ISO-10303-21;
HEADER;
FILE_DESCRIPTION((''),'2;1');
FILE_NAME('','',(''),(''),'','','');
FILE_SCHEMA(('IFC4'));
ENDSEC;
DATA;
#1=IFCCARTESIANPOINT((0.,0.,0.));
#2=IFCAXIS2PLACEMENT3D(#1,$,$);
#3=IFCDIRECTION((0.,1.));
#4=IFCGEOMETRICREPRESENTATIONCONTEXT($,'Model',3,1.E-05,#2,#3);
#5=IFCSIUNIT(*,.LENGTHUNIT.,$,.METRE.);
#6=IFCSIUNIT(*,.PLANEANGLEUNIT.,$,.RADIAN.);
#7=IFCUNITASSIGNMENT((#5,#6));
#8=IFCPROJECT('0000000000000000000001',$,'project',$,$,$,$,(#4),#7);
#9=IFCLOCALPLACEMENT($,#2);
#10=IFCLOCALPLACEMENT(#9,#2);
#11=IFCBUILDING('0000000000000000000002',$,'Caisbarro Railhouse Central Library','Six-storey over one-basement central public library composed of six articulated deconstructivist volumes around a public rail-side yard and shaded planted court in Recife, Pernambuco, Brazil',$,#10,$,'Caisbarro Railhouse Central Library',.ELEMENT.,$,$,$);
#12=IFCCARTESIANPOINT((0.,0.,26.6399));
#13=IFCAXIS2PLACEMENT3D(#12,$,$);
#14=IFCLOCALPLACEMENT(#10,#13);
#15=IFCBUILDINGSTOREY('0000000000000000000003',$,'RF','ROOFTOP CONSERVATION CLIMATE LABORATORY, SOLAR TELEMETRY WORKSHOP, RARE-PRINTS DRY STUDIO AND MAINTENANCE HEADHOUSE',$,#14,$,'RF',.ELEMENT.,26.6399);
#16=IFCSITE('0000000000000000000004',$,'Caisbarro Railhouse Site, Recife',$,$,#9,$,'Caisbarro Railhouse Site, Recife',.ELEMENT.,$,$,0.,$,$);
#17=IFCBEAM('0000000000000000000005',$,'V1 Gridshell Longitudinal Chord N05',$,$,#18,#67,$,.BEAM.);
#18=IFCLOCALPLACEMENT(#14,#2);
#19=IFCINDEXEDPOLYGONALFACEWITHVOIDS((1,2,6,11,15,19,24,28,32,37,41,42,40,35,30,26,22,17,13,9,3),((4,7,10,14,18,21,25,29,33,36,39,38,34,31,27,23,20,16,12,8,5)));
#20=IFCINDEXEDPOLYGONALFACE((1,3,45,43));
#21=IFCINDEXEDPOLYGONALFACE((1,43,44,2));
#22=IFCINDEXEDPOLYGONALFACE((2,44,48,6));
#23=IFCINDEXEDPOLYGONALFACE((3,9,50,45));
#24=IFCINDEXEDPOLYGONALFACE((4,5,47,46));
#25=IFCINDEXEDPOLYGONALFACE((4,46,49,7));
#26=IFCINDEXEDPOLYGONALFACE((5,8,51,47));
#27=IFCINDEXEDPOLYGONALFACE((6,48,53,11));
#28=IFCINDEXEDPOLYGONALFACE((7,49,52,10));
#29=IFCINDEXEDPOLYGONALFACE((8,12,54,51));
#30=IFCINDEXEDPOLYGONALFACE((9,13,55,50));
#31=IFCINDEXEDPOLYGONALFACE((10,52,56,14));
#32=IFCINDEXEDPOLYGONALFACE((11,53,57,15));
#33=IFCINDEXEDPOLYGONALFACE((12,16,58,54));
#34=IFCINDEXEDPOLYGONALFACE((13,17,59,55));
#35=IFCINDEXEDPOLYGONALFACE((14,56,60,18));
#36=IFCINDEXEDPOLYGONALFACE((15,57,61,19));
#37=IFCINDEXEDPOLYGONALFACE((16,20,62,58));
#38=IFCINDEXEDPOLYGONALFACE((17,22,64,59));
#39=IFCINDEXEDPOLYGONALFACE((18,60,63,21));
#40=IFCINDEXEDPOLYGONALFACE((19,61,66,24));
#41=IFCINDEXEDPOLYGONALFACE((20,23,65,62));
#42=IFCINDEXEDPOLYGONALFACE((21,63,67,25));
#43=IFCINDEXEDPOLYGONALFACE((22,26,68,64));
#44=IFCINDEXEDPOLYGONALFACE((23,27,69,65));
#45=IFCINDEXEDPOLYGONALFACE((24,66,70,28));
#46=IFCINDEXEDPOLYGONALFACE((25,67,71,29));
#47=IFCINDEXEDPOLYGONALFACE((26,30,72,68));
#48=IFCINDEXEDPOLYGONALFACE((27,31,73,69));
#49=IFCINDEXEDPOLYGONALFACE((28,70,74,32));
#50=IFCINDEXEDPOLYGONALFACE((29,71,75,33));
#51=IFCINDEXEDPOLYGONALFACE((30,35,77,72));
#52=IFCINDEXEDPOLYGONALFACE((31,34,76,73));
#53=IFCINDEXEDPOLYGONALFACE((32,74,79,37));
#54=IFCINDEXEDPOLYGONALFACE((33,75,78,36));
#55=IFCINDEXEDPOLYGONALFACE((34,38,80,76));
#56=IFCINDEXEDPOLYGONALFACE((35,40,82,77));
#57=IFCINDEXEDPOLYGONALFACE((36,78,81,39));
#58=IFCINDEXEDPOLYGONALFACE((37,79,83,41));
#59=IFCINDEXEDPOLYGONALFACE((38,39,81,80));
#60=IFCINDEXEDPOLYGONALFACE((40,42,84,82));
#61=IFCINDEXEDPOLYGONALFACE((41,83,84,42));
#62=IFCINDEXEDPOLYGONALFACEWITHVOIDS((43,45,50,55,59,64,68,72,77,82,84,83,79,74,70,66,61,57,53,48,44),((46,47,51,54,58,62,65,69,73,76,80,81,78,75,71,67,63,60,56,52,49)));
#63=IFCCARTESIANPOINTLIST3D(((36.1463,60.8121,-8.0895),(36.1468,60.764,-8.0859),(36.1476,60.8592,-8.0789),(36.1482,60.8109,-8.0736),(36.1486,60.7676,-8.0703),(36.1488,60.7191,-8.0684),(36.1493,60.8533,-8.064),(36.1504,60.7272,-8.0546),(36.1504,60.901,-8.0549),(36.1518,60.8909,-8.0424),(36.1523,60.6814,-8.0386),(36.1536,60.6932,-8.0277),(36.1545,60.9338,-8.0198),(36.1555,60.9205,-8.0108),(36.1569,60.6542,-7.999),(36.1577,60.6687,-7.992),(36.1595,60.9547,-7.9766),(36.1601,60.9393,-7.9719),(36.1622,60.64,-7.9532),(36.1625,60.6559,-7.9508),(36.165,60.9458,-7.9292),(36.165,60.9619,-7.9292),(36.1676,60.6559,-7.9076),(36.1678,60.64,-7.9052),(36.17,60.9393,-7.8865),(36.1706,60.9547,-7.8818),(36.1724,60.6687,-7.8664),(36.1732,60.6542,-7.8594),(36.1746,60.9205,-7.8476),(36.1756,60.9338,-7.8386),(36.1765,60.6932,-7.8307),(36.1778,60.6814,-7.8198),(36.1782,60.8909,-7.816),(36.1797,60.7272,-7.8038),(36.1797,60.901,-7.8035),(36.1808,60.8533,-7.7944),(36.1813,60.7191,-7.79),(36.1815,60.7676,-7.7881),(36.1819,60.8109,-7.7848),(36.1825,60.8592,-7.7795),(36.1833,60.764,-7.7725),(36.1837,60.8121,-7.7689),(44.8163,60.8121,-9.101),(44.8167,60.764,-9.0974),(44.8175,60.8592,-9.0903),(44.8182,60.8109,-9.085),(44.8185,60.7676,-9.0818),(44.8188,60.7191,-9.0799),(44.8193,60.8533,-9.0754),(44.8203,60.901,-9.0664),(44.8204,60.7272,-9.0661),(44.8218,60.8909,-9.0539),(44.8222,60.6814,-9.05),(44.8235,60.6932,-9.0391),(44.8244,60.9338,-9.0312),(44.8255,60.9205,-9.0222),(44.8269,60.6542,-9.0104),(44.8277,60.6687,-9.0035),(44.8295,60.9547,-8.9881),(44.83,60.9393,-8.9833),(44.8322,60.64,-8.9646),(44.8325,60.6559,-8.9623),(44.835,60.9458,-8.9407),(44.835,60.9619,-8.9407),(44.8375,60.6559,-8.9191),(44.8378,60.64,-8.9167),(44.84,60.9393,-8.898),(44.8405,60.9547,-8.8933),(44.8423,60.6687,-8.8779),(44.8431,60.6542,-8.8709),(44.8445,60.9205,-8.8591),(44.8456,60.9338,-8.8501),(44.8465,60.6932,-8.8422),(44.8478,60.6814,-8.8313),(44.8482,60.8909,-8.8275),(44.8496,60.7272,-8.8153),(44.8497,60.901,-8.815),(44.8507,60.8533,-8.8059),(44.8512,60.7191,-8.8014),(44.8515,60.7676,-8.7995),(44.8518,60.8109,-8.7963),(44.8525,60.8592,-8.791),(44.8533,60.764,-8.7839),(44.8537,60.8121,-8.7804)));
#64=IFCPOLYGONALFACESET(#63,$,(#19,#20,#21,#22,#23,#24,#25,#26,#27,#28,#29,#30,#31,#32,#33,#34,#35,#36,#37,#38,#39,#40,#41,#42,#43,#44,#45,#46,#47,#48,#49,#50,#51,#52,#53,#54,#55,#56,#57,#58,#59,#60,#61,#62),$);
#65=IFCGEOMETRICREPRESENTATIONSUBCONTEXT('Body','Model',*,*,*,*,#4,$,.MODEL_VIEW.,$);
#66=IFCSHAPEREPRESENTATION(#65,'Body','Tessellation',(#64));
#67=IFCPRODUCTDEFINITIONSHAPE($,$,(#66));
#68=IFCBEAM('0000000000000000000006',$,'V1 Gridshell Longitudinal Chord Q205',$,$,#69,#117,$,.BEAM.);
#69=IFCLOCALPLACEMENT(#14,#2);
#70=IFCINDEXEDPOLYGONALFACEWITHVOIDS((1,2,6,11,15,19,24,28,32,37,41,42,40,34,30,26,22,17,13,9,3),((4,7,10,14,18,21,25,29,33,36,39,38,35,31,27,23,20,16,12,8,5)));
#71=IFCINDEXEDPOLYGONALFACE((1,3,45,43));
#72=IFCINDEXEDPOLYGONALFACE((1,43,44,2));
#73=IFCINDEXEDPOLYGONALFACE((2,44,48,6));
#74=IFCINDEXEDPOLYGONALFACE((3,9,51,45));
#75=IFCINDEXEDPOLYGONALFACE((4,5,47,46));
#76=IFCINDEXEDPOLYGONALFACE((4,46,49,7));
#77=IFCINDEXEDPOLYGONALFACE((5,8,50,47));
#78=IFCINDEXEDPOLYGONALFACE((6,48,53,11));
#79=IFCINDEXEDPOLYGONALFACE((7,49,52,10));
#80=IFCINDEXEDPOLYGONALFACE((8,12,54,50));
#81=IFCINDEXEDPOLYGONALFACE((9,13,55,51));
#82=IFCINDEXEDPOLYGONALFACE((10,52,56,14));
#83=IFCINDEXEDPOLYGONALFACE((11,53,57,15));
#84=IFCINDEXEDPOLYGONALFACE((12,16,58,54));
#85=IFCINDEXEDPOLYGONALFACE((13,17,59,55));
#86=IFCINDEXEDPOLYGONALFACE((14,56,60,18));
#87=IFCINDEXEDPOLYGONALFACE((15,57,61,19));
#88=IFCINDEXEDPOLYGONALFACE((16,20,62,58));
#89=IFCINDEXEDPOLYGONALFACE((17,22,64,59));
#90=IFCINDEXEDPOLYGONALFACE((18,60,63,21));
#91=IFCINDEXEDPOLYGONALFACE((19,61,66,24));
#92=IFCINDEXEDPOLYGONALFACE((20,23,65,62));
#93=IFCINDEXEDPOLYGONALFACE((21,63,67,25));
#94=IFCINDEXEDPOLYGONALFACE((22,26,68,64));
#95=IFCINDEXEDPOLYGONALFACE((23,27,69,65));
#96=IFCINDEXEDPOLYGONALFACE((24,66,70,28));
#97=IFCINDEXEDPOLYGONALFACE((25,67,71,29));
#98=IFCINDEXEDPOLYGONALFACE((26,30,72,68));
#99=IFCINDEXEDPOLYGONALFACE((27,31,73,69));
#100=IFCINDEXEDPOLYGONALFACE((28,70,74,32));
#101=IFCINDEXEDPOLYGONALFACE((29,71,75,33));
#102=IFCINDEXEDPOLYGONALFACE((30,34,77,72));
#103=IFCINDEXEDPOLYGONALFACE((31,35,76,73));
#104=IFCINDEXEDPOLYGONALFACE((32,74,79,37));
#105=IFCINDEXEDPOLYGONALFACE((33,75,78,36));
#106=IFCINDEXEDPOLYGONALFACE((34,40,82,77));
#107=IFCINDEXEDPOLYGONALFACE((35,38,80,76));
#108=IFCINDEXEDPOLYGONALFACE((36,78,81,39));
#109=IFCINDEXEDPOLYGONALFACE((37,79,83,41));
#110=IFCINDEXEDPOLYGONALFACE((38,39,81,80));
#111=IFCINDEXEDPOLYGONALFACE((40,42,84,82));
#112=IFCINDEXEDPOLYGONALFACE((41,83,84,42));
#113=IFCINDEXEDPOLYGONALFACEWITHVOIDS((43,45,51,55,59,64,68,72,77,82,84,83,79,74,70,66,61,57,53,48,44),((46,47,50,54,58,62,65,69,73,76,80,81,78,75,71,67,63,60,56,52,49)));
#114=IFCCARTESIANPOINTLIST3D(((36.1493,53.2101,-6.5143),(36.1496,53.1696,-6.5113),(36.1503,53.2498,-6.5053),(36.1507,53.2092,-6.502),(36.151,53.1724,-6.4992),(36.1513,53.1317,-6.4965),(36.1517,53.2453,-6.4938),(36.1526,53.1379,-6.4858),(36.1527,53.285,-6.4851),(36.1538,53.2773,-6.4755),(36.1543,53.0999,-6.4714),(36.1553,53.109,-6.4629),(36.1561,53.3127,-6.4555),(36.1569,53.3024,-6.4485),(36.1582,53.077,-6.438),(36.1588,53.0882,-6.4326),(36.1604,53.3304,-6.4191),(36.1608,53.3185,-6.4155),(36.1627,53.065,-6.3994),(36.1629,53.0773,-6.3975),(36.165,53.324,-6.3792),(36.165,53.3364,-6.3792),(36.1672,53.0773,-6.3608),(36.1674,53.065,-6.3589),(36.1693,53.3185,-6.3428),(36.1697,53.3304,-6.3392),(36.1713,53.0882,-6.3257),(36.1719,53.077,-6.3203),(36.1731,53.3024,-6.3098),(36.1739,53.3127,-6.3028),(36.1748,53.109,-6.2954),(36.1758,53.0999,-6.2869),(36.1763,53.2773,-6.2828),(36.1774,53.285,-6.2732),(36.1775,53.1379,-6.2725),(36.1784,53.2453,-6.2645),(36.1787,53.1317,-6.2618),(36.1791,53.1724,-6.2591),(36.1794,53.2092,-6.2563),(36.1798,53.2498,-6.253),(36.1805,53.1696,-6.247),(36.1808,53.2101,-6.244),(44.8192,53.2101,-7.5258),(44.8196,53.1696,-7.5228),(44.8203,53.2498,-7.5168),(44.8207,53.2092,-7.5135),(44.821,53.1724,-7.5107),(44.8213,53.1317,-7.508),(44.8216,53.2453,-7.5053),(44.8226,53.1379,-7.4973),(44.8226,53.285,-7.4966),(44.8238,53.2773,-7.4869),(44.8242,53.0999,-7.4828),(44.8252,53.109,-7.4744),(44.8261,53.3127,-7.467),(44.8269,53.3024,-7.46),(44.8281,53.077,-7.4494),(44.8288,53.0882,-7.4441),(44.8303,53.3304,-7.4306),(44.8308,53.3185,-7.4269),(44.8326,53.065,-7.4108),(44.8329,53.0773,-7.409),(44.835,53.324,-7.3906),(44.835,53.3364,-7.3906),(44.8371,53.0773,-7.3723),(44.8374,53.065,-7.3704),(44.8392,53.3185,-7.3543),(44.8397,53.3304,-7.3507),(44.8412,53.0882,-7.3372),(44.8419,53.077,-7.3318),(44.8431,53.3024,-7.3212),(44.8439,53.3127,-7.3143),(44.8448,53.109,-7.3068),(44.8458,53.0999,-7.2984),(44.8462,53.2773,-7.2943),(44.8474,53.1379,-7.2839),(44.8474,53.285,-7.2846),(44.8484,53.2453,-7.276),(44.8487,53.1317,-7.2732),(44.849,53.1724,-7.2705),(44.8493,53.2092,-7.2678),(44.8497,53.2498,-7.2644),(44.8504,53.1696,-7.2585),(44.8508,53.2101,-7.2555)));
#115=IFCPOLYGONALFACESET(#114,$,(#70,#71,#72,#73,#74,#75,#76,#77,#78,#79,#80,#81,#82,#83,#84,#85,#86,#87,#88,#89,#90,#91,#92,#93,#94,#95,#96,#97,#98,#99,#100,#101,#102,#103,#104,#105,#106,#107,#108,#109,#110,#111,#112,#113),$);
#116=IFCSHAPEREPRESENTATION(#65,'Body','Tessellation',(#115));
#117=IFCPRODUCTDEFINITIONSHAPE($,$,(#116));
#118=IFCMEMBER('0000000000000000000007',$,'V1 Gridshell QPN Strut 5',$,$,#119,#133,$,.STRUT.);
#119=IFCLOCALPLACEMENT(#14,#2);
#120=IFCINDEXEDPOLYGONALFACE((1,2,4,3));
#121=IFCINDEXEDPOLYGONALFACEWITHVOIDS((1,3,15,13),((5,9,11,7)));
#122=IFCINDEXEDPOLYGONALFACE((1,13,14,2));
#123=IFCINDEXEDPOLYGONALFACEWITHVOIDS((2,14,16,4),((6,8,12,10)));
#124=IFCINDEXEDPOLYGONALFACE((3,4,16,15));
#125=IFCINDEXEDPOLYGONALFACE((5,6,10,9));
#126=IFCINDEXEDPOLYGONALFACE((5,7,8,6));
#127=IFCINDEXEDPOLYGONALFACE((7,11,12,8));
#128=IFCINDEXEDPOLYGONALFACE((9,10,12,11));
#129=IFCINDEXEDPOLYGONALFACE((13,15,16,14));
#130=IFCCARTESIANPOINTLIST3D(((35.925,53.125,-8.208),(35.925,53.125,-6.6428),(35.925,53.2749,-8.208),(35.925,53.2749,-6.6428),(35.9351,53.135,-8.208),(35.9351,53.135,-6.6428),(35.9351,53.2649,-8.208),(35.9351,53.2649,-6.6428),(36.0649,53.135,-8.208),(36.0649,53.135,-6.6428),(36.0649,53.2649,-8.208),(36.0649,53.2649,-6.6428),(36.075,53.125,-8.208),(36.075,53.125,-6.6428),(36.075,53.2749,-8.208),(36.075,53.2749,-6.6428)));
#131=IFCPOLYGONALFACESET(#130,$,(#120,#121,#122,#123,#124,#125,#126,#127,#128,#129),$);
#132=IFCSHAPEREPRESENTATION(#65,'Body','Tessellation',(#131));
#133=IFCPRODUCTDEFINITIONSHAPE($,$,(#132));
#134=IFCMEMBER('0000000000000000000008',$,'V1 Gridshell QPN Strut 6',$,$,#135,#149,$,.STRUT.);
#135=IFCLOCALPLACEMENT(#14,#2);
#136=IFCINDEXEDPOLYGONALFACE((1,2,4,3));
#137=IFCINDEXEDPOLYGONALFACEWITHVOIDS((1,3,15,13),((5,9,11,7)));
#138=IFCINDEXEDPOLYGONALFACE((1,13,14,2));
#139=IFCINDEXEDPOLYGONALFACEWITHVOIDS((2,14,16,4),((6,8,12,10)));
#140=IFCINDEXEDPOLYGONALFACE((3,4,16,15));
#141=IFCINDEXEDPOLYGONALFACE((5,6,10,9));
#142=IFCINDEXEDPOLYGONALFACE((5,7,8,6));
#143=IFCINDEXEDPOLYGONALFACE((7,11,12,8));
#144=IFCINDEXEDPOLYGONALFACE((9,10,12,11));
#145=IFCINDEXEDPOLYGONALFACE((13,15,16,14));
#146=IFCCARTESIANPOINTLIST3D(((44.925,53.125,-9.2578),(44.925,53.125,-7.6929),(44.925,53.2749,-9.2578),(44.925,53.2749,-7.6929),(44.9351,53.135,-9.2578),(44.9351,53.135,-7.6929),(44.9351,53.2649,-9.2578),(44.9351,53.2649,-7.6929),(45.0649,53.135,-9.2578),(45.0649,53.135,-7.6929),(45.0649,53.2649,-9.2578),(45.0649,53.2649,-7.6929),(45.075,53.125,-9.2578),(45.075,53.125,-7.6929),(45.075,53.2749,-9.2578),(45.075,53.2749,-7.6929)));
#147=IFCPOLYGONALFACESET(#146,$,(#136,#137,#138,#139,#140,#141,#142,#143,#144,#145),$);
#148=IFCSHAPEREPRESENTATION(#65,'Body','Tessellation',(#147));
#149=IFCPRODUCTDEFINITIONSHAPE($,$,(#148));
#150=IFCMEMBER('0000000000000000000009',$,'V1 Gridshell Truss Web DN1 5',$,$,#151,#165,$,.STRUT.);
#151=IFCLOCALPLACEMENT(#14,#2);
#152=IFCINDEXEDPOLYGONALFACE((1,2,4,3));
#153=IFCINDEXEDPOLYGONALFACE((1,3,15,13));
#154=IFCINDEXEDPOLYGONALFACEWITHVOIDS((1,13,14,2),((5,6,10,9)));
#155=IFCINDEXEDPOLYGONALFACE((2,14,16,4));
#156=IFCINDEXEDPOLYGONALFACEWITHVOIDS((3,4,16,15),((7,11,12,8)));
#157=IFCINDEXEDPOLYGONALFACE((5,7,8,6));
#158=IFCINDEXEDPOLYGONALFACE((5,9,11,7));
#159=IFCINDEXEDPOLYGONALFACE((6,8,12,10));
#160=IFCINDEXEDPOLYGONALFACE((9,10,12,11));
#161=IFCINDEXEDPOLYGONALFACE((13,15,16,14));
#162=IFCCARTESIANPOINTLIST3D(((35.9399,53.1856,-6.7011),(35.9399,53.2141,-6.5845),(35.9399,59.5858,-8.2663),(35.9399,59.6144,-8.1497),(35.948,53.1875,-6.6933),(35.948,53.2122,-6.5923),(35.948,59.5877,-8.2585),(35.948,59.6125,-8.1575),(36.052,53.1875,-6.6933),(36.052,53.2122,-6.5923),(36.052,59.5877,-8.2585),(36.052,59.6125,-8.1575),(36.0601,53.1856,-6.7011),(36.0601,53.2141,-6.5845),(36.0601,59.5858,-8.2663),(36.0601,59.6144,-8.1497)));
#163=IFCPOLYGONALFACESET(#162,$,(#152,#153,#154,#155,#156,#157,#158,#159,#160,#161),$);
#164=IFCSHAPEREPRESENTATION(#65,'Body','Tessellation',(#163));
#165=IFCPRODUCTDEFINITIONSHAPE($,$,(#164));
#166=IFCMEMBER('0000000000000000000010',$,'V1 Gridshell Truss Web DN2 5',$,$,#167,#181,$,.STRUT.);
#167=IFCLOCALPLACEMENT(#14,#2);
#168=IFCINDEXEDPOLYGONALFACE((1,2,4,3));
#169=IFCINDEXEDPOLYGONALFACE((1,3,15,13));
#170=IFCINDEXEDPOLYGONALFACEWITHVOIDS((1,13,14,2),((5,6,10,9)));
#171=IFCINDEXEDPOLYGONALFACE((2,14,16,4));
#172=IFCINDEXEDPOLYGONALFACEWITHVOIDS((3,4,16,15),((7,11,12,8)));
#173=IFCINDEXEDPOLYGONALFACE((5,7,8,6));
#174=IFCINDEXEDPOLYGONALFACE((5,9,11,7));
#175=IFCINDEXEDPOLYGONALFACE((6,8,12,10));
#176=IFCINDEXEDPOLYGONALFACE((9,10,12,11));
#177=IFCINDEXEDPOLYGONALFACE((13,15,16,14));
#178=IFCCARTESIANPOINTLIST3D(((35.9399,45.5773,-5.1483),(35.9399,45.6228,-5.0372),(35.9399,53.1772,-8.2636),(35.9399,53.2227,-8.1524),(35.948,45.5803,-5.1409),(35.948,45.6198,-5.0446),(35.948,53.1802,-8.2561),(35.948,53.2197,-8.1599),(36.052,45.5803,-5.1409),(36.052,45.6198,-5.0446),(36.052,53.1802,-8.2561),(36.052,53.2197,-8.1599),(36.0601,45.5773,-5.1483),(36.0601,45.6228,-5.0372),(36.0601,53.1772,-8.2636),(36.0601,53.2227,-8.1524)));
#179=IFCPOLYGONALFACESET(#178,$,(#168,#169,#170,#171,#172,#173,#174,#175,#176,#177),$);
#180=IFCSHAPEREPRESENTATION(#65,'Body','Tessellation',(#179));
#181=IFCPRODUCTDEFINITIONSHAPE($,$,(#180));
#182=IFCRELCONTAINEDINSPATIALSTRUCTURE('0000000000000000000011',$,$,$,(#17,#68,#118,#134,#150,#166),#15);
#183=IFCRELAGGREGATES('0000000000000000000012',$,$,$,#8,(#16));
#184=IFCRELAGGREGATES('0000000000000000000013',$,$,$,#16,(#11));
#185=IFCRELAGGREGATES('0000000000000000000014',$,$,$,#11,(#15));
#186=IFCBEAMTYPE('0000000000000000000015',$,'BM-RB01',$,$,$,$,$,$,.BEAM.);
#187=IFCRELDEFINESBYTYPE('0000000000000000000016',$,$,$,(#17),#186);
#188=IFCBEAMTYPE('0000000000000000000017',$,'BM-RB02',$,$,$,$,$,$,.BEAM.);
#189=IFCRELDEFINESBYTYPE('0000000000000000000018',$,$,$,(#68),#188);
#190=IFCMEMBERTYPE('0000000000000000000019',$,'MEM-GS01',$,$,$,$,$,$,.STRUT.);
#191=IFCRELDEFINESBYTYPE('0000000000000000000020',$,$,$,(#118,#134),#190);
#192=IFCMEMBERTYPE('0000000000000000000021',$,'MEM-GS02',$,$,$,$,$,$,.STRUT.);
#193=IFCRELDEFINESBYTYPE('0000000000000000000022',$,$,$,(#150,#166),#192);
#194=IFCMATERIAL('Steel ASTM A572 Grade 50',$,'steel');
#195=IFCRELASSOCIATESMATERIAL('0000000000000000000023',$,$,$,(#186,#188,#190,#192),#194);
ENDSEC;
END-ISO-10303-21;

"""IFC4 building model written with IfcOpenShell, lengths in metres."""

from ifc_helpers import new_model, si_unit, direction, frame, origin, origin_2d, place, context, subcontext, project, spatial, hollow_rectangle, hollow_circle, extrude, material, material_profile, profile_set, type_object, element, save


model = new_model("IFC4")

# Units and contexts
model_context = context("Model", 3, precision=1e-05, world=origin(), true_north=direction((0.0, 1.0)))
body_context = subcontext(model_context, "Body", "Model", "MODEL_VIEW")
ifc_project = project(units=[si_unit("LENGTHUNIT", "METRE"), si_unit("PLANEANGLEUNIT", "RADIAN")], contexts=[model_context])

# Site, building, storey
site_placement = place(None, origin())
site = spatial("IfcSite", under=ifc_project, at=site_placement, Name="Caisbarro Railhouse Site, Recife", LongName="Caisbarro Railhouse Site, Recife", CompositionType="ELEMENT", RefElevation=0.0)
building_placement = place(site_placement, origin())
building = spatial("IfcBuilding", under=site, at=building_placement, Name="Caisbarro Railhouse Central Library", Description="Six-storey over one-basement central public library composed of six articulated deconstructivist volumes around a public rail-side yard and shaded planted court in Recife, Pernambuco, Brazil", LongName="Caisbarro Railhouse Central Library", CompositionType="ELEMENT")
storey_placement = place(building_placement, frame((0.0, 0.0, 26.6399)))
storey = spatial("IfcBuildingStorey", under=building, at=storey_placement, Name="RF", Description="ROOFTOP CONSERVATION CLIMATE LABORATORY, SOLAR TELEMETRY WORKSHOP, RARE-PRINTS DRY STUDIO AND MAINTENANCE HEADHOUSE", LongName="RF", CompositionType="ELEMENT", Elevation=26.6399)

# Beams
ifc_material = material(Name="Steel ASTM A572 Grade 50", Category="steel")
ifc_material_profile_1 = material_profile(ifc_material, hollow_circle(Radius=0.1619, WallThickness=0.0161, at=origin_2d()), Name="CHS323.9X16.0")
ifc_profile_set_1 = profile_set([ifc_material_profile_1], Name="Steel ASTM A572 Grade 50")
beam_type_1 = type_object("IfcBeamType", Name="BM-RB01", PredefinedType="BEAM", material=ifc_profile_set_1)
beam_1_placement = place(storey_placement, frame((36.165, 60.8, -7.9292), z_axis=(0.993263, 0.0, -0.115879), x_axis=(0.0, 1.0, 0.0)))
element("IfcBeam", 1, at=beam_1_placement, inside=storey, type_object=beam_type_1, Name="V1 Gridshell Longitudinal Chord N05", PredefinedType="BEAM", context=body_context, shape_type="SweptSolid", body=[
    extrude(hollow_circle(Radius=0.1619, WallThickness=0.0161, at=origin_2d()), origin(), (0.0, 0.0, 1.0), 8.7288),
])
ifc_material_profile_2 = material_profile(ifc_material, hollow_circle(Radius=0.1365, WallThickness=0.0125, at=origin_2d()), Name="CHS273.0X12.5")
ifc_profile_set_2 = profile_set([ifc_material_profile_2], Name="Steel ASTM A572 Grade 50")
beam_type_2 = type_object("IfcBeamType", Name="BM-RB02", PredefinedType="BEAM", material=ifc_profile_set_2)
beam_2_placement = place(storey_placement, frame((36.165, 53.2, -6.3792), z_axis=(0.993263, 0.0, -0.115879), x_axis=(0.0, 1.0, 0.0)))
element("IfcBeam", 2, at=beam_2_placement, inside=storey, type_object=beam_type_2, Name="V1 Gridshell Longitudinal Chord Q205", PredefinedType="BEAM", context=body_context, shape_type="SweptSolid", body=[
    extrude(hollow_circle(Radius=0.1365, WallThickness=0.0125, at=origin_2d()), origin(), (0.0, 0.0, 1.0), 8.7288),
])

# Members
ifc_material_profile_3 = material_profile(ifc_material, hollow_rectangle(XDim=0.1499, YDim=0.1499, WallThickness=0.01, at=origin_2d()), Name="HSS150X150X10")
ifc_profile_set_3 = profile_set([ifc_material_profile_3], Name="Steel ASTM A572 Grade 50")
member_type_1 = type_object("IfcMemberType", Name="MEM-GS01", PredefinedType="STRUT", material=ifc_profile_set_3)
member_1_placement = place(storey_placement, frame((36.0, 53.2, -8.208), z_axis=(0.0, 0.0, 1.0), x_axis=(1.0, 0.0, 0.0)))
element("IfcMember", 3, at=member_1_placement, inside=storey, type_object=member_type_1, Name="V1 Gridshell QPN Strut 5", PredefinedType="STRUT", context=body_context, shape_type="SweptSolid", body=[
    extrude(hollow_rectangle(XDim=0.1499, YDim=0.1499, WallThickness=0.01, at=origin_2d()), origin(), (0.0, 0.0, 1.0), 1.5652),
])
member_2_placement = place(storey_placement, frame((45.0, 53.2, -9.2578), z_axis=(0.0, 0.0, 1.0), x_axis=(1.0, 0.0, 0.0)))
element("IfcMember", 4, at=member_2_placement, inside=storey, type_object=member_type_1, Name="V1 Gridshell QPN Strut 6", PredefinedType="STRUT", context=body_context, shape_type="SweptSolid", body=[
    extrude(hollow_rectangle(XDim=0.1499, YDim=0.1499, WallThickness=0.01, at=origin_2d()), origin(), (0.0, 0.0, 1.0), 1.5649),
])
ifc_material_profile_4 = material_profile(ifc_material, hollow_rectangle(XDim=0.1201, YDim=0.1201, WallThickness=0.0081, at=origin_2d()), Name="HSS120X120X8")
ifc_profile_set_4 = profile_set([ifc_material_profile_4], Name="Steel ASTM A572 Grade 50")
member_type_2 = type_object("IfcMemberType", Name="MEM-GS02", PredefinedType="STRUT", material=ifc_profile_set_4)
member_3_placement = place(storey_placement, frame((36.0, 59.6001, -8.208), z_axis=(0.0, -0.971374, 0.237554), x_axis=(1.0, 0.0, 0.0)))
element("IfcMember", 5, at=member_3_placement, inside=storey, type_object=member_type_2, Name="V1 Gridshell Truss Web DN1 5", PredefinedType="STRUT", context=body_context, shape_type="SweptSolid", body=[
    extrude(hollow_rectangle(XDim=0.1201, YDim=0.1201, WallThickness=0.0081, at=origin_2d()), origin(), (0.0, 0.0, 1.0), 6.5889),
])
member_4_placement = place(storey_placement, frame((36.0, 53.2, -8.208), z_axis=(0.0, -0.925282, 0.37928), x_axis=(1.0, 0.0, 0.0)))
element("IfcMember", 6, at=member_4_placement, inside=storey, type_object=member_type_2, Name="V1 Gridshell Truss Web DN2 5", PredefinedType="STRUT", context=body_context, shape_type="SweptSolid", body=[
    extrude(hollow_rectangle(XDim=0.1201, YDim=0.1201, WallThickness=0.0081, at=origin_2d()), origin(), (0.0, 0.0, 1.0), 8.2136),
])

save(model, "model.ifc")
